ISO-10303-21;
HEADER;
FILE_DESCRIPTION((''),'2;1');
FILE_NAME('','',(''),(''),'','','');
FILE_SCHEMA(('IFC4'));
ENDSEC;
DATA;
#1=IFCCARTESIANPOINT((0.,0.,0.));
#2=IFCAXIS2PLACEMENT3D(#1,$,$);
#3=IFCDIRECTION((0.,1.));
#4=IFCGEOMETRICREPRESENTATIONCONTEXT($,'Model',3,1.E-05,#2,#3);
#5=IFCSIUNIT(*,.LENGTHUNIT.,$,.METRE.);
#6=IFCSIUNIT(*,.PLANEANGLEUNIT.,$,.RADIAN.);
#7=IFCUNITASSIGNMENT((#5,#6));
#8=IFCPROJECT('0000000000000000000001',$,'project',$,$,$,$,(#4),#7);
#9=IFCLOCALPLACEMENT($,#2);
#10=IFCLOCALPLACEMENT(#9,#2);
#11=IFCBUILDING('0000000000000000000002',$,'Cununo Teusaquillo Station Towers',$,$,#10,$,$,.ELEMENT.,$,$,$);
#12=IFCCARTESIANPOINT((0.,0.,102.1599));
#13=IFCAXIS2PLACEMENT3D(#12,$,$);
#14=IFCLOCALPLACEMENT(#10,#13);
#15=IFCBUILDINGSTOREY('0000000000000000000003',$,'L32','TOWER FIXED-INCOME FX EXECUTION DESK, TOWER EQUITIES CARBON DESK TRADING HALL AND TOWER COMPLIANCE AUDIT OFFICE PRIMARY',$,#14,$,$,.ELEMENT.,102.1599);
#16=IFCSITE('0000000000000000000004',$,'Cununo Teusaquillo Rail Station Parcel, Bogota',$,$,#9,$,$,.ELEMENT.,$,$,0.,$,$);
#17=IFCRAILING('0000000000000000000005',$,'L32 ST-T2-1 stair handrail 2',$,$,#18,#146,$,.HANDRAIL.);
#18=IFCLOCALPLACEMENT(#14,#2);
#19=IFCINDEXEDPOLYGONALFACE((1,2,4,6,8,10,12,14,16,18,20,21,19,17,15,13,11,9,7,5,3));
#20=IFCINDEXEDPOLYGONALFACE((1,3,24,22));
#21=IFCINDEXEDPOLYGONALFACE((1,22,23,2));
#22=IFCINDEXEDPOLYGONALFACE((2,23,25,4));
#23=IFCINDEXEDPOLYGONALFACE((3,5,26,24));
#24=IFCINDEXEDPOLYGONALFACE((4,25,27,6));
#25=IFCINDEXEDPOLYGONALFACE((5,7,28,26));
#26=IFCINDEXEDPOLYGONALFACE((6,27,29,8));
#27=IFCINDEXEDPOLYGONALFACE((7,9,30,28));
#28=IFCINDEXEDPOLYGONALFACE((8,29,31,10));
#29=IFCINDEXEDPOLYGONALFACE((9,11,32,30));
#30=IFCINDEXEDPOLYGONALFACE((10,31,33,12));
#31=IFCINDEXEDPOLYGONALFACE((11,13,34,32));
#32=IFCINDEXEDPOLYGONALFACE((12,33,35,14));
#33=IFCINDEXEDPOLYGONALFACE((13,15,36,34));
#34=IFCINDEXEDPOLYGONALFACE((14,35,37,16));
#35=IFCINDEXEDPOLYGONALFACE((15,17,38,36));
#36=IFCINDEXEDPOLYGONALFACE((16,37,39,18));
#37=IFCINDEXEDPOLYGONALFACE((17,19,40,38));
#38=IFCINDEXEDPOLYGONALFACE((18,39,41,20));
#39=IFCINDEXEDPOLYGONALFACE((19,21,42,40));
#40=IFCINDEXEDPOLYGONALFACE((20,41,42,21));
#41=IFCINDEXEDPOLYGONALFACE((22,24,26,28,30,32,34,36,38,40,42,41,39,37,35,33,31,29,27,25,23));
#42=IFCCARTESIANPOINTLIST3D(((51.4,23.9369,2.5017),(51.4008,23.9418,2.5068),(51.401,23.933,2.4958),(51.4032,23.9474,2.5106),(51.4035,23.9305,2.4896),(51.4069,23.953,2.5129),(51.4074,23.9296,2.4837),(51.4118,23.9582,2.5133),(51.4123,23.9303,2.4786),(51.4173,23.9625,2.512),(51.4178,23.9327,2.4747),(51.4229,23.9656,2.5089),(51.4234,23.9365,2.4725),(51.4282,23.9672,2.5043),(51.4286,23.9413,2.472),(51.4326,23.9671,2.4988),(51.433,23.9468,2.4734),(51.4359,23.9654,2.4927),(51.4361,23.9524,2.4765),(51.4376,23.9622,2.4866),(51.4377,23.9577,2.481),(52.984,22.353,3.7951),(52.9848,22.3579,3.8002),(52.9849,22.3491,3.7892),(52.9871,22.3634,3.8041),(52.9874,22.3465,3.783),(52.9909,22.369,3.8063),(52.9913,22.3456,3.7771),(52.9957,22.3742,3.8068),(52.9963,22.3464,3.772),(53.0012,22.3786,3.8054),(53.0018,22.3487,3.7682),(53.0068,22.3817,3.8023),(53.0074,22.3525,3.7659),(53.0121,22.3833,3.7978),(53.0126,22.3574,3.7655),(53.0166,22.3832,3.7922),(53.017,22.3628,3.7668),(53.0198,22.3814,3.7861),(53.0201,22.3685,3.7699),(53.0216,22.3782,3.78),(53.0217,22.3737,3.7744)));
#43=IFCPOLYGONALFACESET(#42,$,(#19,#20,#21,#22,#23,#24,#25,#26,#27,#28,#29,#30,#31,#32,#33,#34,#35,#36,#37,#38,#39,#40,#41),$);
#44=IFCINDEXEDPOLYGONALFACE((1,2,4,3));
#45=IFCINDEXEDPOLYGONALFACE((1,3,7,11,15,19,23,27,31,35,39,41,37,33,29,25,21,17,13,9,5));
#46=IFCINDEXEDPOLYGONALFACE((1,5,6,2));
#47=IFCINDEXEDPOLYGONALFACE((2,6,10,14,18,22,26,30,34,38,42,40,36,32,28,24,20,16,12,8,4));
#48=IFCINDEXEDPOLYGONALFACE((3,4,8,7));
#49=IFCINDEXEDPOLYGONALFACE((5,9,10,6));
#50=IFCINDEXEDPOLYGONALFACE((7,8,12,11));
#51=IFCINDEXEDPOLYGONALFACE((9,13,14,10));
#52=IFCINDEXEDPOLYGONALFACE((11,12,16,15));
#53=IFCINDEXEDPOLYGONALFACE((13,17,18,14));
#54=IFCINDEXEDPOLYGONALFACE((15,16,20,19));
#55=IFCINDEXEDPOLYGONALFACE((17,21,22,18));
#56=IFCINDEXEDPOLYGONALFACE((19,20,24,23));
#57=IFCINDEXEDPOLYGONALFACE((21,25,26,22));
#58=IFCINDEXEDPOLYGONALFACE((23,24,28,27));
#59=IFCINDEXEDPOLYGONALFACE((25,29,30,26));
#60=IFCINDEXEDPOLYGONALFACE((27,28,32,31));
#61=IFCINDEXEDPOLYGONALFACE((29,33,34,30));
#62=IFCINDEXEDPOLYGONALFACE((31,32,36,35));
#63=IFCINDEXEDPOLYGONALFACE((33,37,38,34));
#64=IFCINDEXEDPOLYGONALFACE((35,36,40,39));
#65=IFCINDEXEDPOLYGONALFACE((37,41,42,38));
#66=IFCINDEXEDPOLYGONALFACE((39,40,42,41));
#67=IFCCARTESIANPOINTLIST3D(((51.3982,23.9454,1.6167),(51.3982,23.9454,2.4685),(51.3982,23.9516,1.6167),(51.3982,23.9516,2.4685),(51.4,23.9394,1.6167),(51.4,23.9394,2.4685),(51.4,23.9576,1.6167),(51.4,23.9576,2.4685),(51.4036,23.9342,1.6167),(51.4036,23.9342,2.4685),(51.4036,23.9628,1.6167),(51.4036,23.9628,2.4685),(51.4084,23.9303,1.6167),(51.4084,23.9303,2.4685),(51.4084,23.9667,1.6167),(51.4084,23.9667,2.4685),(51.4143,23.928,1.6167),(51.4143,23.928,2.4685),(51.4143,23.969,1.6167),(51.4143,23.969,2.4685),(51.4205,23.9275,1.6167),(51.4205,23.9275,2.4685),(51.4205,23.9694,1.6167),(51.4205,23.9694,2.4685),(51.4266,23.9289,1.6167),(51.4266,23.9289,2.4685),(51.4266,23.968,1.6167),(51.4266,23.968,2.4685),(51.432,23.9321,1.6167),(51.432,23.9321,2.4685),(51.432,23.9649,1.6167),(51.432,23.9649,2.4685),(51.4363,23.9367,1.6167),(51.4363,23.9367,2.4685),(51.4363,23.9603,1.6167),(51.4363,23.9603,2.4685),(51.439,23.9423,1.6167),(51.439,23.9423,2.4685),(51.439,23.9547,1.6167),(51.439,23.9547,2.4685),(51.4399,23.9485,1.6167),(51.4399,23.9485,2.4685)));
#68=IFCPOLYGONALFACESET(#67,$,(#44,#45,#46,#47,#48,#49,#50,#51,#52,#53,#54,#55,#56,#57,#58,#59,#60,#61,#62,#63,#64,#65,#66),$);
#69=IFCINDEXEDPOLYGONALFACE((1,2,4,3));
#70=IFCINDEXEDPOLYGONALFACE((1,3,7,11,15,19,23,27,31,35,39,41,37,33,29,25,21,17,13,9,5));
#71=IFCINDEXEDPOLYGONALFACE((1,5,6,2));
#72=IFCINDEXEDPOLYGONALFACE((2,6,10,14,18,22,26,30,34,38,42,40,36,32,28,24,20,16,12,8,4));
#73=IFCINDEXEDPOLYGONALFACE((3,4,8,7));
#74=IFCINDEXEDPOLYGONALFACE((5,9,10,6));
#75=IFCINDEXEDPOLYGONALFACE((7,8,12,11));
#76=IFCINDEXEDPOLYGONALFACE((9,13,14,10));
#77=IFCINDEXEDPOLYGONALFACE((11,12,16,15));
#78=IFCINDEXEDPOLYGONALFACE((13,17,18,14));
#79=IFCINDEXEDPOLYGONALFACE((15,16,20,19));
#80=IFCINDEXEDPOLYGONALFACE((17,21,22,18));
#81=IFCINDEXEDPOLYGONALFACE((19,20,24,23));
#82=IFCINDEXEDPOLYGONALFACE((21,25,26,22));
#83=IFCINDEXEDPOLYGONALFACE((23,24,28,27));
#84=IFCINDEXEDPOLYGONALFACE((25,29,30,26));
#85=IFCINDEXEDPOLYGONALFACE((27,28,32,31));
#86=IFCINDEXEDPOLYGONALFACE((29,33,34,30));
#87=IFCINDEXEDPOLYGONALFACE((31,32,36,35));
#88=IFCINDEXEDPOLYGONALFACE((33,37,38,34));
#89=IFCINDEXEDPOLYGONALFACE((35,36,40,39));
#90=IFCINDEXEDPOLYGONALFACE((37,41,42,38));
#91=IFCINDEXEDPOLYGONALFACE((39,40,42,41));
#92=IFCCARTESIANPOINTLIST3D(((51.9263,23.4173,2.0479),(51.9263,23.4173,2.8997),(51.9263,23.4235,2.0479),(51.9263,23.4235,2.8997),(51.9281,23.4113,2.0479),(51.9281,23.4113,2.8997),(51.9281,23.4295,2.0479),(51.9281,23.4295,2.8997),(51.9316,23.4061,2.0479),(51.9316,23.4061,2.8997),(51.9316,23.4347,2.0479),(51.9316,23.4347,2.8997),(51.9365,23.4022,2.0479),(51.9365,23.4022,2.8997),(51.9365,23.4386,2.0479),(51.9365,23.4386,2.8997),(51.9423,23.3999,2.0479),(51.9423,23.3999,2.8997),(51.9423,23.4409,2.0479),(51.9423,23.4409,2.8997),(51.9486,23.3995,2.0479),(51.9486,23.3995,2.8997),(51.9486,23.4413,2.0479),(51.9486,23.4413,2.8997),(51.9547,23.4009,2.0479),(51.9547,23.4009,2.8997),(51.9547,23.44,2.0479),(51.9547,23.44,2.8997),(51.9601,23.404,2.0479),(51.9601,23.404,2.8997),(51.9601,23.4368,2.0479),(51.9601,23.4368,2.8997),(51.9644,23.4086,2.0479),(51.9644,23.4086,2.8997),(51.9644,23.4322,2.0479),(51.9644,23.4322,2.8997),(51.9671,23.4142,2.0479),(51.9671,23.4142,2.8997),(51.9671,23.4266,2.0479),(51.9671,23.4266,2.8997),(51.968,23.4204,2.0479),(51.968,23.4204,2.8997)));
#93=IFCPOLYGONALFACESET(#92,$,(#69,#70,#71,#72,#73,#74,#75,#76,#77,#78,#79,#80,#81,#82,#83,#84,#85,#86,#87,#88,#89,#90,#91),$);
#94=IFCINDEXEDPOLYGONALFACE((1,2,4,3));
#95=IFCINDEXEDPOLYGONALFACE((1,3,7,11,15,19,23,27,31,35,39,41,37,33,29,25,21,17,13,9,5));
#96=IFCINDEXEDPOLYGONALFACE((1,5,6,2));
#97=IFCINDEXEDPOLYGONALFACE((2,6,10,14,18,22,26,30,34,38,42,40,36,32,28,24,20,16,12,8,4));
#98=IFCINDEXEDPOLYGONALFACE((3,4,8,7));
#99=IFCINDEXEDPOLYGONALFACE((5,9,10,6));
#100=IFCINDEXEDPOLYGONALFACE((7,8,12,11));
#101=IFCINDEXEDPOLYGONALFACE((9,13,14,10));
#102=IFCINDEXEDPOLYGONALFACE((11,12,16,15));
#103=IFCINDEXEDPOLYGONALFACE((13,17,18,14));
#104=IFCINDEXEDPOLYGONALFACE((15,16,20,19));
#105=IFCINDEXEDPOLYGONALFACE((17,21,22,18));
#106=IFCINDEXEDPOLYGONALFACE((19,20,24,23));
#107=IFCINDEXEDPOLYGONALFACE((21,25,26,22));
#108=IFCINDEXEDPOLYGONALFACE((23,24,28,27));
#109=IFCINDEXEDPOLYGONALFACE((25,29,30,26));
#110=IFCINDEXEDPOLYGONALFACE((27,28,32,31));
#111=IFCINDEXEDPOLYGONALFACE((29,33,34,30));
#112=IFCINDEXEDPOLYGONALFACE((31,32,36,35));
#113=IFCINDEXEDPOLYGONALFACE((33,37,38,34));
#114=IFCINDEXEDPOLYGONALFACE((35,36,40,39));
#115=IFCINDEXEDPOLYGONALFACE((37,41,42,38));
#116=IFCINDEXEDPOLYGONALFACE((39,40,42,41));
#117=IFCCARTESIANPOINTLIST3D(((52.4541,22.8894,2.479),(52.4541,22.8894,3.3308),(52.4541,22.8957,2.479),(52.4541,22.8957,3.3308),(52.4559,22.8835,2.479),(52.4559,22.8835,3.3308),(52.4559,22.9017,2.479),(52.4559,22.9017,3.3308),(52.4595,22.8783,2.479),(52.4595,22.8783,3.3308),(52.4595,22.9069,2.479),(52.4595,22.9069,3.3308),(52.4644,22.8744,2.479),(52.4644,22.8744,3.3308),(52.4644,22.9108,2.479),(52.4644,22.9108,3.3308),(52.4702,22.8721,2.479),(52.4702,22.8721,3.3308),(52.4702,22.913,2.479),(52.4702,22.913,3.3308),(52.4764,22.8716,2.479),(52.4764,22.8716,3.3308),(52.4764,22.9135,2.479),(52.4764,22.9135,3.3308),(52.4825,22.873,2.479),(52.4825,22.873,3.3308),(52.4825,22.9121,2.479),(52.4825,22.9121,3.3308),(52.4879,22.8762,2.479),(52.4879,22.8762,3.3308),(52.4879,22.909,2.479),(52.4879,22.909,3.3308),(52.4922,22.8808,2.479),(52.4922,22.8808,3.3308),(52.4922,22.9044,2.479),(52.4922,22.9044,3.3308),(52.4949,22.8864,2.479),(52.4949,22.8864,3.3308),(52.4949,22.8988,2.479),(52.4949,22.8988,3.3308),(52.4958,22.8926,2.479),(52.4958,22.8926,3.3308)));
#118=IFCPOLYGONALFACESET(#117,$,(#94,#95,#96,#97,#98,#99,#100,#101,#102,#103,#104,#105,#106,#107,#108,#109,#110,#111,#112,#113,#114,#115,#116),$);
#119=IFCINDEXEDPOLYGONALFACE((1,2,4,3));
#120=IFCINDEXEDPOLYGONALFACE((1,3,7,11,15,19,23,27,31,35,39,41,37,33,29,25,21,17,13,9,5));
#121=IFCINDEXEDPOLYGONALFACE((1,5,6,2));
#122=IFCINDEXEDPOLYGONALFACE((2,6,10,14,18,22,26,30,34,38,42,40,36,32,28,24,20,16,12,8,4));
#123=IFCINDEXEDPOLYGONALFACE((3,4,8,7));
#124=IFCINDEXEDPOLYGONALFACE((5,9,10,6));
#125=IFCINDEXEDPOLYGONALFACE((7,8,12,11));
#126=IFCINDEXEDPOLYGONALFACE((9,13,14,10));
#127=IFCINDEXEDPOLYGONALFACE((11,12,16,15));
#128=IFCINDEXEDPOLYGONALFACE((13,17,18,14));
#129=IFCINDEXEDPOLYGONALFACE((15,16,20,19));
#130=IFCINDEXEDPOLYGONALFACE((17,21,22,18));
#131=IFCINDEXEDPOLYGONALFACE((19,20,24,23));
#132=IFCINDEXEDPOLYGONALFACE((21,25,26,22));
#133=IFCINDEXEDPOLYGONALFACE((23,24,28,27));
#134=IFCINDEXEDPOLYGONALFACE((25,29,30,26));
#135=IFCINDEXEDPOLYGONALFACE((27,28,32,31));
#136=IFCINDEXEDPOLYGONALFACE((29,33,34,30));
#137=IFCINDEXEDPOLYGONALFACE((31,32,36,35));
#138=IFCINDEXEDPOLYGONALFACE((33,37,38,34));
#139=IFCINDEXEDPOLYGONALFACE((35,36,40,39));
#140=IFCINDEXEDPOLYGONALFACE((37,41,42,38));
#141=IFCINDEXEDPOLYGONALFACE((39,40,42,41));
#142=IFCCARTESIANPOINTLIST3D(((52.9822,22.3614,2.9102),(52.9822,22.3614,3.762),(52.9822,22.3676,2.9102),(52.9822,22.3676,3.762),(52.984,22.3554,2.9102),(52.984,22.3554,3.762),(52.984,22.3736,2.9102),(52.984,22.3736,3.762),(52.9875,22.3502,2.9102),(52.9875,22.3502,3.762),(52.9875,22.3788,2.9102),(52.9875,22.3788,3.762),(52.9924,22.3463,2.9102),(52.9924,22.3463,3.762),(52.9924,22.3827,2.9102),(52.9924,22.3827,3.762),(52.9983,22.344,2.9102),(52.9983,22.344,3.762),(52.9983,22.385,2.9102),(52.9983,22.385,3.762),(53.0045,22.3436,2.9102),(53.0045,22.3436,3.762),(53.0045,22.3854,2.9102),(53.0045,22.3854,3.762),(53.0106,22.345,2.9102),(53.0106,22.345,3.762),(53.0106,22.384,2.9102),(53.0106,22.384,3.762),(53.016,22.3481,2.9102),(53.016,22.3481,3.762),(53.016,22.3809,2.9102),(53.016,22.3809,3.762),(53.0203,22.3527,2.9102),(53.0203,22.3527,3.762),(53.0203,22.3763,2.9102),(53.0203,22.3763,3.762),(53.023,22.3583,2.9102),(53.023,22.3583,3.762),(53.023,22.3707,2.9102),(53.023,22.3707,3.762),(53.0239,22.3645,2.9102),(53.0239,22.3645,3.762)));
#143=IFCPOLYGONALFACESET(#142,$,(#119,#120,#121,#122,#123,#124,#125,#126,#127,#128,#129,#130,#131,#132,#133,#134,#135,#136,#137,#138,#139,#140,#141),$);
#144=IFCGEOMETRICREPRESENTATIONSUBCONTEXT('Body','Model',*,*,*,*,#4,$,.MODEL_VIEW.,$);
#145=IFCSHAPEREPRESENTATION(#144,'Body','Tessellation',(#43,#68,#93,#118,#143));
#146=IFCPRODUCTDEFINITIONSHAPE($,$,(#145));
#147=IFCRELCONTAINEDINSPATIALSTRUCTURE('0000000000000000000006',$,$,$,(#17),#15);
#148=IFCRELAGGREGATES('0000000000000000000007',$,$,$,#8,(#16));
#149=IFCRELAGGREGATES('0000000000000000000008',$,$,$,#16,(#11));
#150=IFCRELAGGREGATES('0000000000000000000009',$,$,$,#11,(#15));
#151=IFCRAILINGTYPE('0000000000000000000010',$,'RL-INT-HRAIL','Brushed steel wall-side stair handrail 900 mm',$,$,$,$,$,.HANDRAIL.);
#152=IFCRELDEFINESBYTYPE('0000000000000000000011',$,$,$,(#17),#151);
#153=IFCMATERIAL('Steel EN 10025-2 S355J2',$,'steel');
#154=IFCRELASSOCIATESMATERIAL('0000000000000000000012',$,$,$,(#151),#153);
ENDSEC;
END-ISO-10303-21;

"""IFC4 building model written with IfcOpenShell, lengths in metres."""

from ifc_helpers import new_model, si_unit, direction, frame, origin, origin_2d, place, context, subcontext, project, spatial, circle, extrude, material, type_object, element, save


model = new_model("IFC4")

# Units and contexts
model_context = context("Model", 3, precision=1e-05, world=origin(), true_north=direction((0.0, 1.0)))
body_context = subcontext(model_context, "Body", "Model", "MODEL_VIEW")
ifc_project = project(units=[si_unit("LENGTHUNIT", "METRE"), si_unit("PLANEANGLEUNIT", "RADIAN")], contexts=[model_context])

# Site, building, storey
site_placement = place(None, origin())
site = spatial("IfcSite", under=ifc_project, at=site_placement, Name="Cununo Teusaquillo Rail Station Parcel, Bogota", CompositionType="ELEMENT", RefElevation=0.0)
building_placement = place(site_placement, origin())
building = spatial("IfcBuilding", under=site, at=building_placement, Name="Cununo Teusaquillo Station Towers", CompositionType="ELEMENT")
storey_placement = place(building_placement, frame((0.0, 0.0, 102.1599)))
storey = spatial("IfcBuildingStorey", under=building, at=storey_placement, Name="L32", Description="TOWER FIXED-INCOME FX EXECUTION DESK, TOWER EQUITIES CARBON DESK TRADING HALL AND TOWER COMPLIANCE AUDIT OFFICE PRIMARY", CompositionType="ELEMENT", Elevation=102.1599)

# Railing
ifc_material_1 = material(Name="Steel EN 10025-2 S355J2", Category="steel")
railing_type = type_object("IfcRailingType", Name="RL-INT-HRAIL", Description="Brushed steel wall-side stair handrail 900 mm", PredefinedType="HANDRAIL", material=ifc_material_1)
railing_placement = place(storey_placement, frame((51.4189, 23.9485, 1.6167)))
element("IfcRailing", 1, at=railing_placement, inside=storey, type_object=railing_type, Name="L32 ST-T2-1 stair handrail 2", PredefinedType="HANDRAIL", context=body_context, shape_type="SweptSolid", body=[
    extrude(circle(Radius=0.0239, at=origin_2d()), frame((0.0, 0.0, 0.876), z_axis=(0.612356, -0.612356, 0.50004), x_axis=(0.707107, 0.707107, 0.0)), (0.0, 0.0, 1.0), 2.5867),
    extrude(circle(Radius=0.021, at=origin_2d()), origin(), (0.0, 0.0, 1.0), 0.8518),
    extrude(circle(Radius=0.021, at=origin_2d()), frame((0.5281, -0.5281, 0.4312)), (0.0, 0.0, 1.0), 0.8518),
    extrude(circle(Radius=0.021, at=origin_2d()), frame((1.0559, -1.0559, 0.8623)), (0.0, 0.0, 1.0), 0.8518),
    extrude(circle(Radius=0.021, at=origin_2d()), frame((1.584, -1.584, 1.2935)), (0.0, 0.0, 1.0), 0.8518),
])

save(model, "model.ifc")
